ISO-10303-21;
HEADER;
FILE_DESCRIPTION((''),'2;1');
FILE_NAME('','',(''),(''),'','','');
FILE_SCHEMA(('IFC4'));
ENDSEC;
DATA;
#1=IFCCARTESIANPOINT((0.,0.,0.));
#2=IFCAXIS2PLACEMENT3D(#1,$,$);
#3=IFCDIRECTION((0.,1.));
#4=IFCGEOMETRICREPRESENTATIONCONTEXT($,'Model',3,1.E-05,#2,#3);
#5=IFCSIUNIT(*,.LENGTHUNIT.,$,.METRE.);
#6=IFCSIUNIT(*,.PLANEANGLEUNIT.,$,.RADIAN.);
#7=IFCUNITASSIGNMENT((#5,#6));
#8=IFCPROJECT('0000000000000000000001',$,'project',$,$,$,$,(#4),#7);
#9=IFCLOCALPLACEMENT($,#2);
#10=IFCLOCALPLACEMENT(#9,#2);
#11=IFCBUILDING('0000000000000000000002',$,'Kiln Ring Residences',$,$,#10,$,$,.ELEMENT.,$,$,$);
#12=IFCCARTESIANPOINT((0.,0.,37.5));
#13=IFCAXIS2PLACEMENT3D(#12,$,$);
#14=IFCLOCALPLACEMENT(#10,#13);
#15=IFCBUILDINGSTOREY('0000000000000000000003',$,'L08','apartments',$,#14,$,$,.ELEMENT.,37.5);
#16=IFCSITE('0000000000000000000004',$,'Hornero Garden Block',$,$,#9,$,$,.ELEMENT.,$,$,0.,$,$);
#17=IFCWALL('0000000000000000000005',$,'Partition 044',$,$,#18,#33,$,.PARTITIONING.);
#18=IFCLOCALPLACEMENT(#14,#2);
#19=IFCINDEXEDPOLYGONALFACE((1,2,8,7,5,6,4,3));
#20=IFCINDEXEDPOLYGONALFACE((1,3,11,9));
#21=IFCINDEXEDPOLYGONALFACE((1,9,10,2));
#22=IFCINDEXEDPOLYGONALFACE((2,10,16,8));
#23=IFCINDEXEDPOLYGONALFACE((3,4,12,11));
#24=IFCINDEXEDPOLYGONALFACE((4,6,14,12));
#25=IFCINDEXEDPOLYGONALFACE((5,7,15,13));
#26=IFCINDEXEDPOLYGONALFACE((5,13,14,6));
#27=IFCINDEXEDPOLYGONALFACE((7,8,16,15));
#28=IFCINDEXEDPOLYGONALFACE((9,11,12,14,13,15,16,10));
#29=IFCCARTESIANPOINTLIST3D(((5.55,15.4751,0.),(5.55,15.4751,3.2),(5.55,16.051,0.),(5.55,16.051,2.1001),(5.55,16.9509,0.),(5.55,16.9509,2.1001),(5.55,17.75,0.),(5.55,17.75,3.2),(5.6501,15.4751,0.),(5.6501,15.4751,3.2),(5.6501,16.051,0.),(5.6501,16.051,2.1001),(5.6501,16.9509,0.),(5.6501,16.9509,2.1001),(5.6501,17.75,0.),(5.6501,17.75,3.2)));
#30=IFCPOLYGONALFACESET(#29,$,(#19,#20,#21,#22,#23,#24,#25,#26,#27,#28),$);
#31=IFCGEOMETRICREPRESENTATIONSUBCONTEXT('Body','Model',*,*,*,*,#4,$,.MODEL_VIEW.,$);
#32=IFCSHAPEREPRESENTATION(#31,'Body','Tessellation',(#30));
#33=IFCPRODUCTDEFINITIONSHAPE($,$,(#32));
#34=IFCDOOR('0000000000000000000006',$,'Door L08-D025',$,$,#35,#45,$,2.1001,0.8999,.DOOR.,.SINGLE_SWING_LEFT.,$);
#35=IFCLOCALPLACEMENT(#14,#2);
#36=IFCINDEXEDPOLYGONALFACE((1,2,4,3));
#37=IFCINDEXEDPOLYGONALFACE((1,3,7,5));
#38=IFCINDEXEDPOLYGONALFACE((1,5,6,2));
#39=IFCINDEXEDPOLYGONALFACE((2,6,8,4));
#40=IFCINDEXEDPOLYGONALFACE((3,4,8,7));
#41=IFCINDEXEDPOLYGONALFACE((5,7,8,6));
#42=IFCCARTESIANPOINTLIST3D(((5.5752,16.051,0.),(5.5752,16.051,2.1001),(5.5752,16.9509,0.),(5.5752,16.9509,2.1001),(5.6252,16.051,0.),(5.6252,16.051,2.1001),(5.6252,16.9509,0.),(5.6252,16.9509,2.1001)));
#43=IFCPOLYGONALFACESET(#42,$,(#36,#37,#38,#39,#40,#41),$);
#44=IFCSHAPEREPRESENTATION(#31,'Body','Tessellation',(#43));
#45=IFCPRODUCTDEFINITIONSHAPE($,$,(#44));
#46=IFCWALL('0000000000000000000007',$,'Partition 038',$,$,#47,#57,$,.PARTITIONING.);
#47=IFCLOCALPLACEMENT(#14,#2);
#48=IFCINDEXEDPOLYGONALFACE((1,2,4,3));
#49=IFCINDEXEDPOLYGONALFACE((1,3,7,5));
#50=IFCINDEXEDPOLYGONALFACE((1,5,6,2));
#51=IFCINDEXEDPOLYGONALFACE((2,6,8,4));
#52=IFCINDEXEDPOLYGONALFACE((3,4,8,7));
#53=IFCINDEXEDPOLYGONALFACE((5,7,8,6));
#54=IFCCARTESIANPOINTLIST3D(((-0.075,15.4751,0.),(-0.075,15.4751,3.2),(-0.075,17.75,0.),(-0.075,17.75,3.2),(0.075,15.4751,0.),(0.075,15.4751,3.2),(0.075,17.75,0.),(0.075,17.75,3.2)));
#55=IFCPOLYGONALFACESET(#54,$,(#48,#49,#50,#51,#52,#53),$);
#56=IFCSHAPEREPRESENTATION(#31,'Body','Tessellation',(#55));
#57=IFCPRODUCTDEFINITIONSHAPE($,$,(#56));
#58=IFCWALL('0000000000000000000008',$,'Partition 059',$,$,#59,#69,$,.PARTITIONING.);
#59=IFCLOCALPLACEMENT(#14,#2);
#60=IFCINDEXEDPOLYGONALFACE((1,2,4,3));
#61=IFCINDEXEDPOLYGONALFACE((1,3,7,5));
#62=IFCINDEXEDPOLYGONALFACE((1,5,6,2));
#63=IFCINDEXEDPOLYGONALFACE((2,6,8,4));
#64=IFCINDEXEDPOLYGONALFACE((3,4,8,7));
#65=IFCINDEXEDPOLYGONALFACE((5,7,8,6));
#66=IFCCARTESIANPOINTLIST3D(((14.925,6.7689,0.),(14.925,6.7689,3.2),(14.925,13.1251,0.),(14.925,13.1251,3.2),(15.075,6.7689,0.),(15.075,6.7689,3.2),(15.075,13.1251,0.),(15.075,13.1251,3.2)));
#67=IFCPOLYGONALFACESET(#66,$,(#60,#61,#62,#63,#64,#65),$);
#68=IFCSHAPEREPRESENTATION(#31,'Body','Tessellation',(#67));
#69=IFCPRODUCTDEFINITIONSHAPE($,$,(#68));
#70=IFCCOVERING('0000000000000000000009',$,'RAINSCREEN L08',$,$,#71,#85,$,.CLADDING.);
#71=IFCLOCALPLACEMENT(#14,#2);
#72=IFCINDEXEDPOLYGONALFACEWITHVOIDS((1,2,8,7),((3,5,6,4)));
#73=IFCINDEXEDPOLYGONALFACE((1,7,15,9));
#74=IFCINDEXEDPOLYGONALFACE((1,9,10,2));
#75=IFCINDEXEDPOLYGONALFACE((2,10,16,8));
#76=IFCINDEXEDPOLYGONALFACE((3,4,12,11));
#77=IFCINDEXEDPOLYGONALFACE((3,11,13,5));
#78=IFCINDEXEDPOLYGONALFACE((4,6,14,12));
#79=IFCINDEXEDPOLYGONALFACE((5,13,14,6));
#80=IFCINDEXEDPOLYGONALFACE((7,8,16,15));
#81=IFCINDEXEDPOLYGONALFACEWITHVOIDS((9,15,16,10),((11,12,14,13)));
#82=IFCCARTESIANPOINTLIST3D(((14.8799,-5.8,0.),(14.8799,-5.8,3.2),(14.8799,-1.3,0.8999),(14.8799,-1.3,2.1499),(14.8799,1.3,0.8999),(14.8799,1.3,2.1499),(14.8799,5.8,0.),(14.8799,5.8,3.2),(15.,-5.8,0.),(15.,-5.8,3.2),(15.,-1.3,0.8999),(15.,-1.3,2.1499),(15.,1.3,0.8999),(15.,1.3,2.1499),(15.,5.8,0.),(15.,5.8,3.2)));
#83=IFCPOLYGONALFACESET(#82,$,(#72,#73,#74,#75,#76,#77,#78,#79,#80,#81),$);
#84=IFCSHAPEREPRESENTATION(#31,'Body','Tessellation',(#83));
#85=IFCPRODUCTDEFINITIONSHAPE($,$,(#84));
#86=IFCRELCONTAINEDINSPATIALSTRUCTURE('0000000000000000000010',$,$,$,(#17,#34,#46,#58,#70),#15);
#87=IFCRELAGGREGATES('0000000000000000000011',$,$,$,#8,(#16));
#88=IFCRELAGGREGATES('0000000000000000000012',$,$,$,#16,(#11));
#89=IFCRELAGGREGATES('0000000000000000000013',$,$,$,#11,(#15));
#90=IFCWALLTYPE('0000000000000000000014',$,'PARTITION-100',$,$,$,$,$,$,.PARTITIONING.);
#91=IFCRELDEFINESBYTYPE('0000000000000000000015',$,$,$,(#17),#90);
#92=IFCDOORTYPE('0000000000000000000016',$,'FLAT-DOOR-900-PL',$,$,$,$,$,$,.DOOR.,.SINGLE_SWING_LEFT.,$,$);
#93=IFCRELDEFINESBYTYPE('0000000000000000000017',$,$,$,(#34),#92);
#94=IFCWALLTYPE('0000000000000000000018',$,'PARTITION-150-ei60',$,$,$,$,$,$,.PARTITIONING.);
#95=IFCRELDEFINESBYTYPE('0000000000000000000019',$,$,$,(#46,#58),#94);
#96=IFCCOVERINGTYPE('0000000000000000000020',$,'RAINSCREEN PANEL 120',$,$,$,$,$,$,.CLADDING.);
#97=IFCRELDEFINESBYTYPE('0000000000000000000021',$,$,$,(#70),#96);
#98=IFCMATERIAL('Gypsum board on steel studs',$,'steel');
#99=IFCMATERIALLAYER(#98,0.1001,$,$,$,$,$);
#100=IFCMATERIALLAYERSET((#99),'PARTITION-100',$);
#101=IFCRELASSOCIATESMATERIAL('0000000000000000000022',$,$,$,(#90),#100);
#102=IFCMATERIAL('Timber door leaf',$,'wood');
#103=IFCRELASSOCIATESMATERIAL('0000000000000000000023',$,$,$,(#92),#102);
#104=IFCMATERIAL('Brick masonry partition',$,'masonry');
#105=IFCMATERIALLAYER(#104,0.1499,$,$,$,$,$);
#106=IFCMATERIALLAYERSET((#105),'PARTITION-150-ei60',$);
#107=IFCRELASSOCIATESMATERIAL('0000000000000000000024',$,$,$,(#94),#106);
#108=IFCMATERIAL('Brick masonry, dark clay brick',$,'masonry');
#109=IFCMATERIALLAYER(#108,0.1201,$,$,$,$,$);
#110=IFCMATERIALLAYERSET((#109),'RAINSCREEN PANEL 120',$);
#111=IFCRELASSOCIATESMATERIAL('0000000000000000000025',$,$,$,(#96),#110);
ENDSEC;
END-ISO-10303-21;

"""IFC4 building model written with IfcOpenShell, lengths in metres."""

from ifc_helpers import new_model, si_unit, direction, frame, frame_2d, origin, place, context, subcontext, project, spatial, polyline, rectangle, outline, extrude, material, layer, layer_set, type_object, element, fill, save


model = new_model("IFC4")

# Units and contexts
model_context = context("Model", 3, precision=1e-05, world=origin(), true_north=direction((0.0, 1.0)))
body_context = subcontext(model_context, "Body", "Model", "MODEL_VIEW")
ifc_project = project(units=[si_unit("LENGTHUNIT", "METRE"), si_unit("PLANEANGLEUNIT", "RADIAN")], contexts=[model_context])

# Site, building, storey
site_placement = place(None, origin())
site = spatial("IfcSite", under=ifc_project, at=site_placement, Name="Hornero Garden Block", CompositionType="ELEMENT", RefElevation=0.0)
building_placement = place(site_placement, origin())
building = spatial("IfcBuilding", under=site, at=building_placement, Name="Kiln Ring Residences", CompositionType="ELEMENT")
storey_placement = place(building_placement, frame((0.0, 0.0, 37.5)))
storey = spatial("IfcBuildingStorey", under=building, at=storey_placement, Name="L08", Description="apartments", CompositionType="ELEMENT", Elevation=37.5)

# Shared definitions
ifc_material_1 = material(Name="Gypsum board on steel studs", Category="steel")
ifc_layer_1 = layer(ifc_material_1, 0.1001)
ifc_layer_set_1 = layer_set([ifc_layer_1], Name="PARTITION-100")
wall_type_1 = type_object("IfcWallType", Name="PARTITION-100", PredefinedType="PARTITIONING", material=ifc_layer_set_1)

# Wall, opening, door
wall_1_placement = place(storey_placement, frame((5.6001, 15.4751, 0.0), z_axis=(0.0, 0.0, 1.0), x_axis=(0.0, 1.0, 0.0)))
wall_1 = element("IfcWall", 1, at=wall_1_placement, inside=storey, type_object=wall_type_1, Name="Partition 044", PredefinedType="PARTITIONING", context=body_context, shape_type="SweptSolid", body=[
    extrude(rectangle(XDim=2.2749, YDim=0.1001, at=frame_2d((1.1375, 0.0))), origin(), (0.0, 0.0, 1.0), 3.2),
])
opening_placement = place(wall_1_placement, frame((0.5759, 0.0, 0.0)))
opening = element("IfcOpeningElement", 2, at=opening_placement, cuts=wall_1, PredefinedType="OPENING", context=body_context, shape_type="SweptSolid", body=[
    extrude(rectangle(XDim=0.8999, YDim=2.1001, at=frame_2d((0.45, 1.05))), frame((0.0, 0.0601, 0.0), z_axis=(0.0, -1.0, 0.0), x_axis=(1.0, 0.0, 0.0)), (0.0, 0.0, 1.0), 0.1201),
])
ifc_material_2 = material(Name="Timber door leaf", Category="wood")
door_type = type_object("IfcDoorType", Name="FLAT-DOOR-900-PL", OperationType="SINGLE_SWING_LEFT", PredefinedType="DOOR", material=ifc_material_2)
door_placement = place(opening_placement, origin())
door = element("IfcDoor", 3, at=door_placement, inside=storey, type_object=door_type, Name="Door L08-D025", OperationType="SINGLE_SWING_LEFT", OverallHeight=2.1001, OverallWidth=0.8999, PredefinedType="DOOR", context=body_context, shape_type="SweptSolid", body=[
    extrude(rectangle(XDim=0.8999, YDim=2.1001, at=frame_2d((0.45, 1.05))), frame((0.0, 0.0249, 0.0), z_axis=(0.0, -1.0, 0.0), x_axis=(1.0, 0.0, 0.0)), (0.0, 0.0, 1.0), 0.05),
])
fill(opening, door)

# Walls
ifc_material_3 = material(Name="Brick masonry partition", Category="masonry")
ifc_layer_2 = layer(ifc_material_3, 0.1499)
ifc_layer_set_2 = layer_set([ifc_layer_2], Name="PARTITION-150-ei60")
wall_type_2 = type_object("IfcWallType", Name="PARTITION-150-ei60", PredefinedType="PARTITIONING", material=ifc_layer_set_2)
wall_2_placement = place(storey_placement, frame((0.0, 15.4751, 0.0), z_axis=(0.0, 0.0, 1.0), x_axis=(0.0, 1.0, 0.0)))
element("IfcWall", 4, at=wall_2_placement, inside=storey, type_object=wall_type_2, Name="Partition 038", PredefinedType="PARTITIONING", context=body_context, shape_type="SweptSolid", body=[
    extrude(rectangle(XDim=2.2749, YDim=0.1499, at=frame_2d((1.1375, 0.0))), origin(), (0.0, 0.0, 1.0), 3.2),
])
wall_3_placement = place(storey_placement, frame((15.0, 6.7688, 0.0), z_axis=(0.0, 0.0, 1.0), x_axis=(0.0, 1.0, 0.0)))
element("IfcWall", 5, at=wall_3_placement, inside=storey, type_object=wall_type_2, Name="Partition 059", PredefinedType="PARTITIONING", context=body_context, shape_type="SweptSolid", body=[
    extrude(rectangle(XDim=6.3562, YDim=0.1499, at=frame_2d((3.1782, 0.0))), origin(), (0.0, 0.0, 1.0), 3.2),
])

# Covering
ifc_material_4 = material(Name="Brick masonry, dark clay brick", Category="masonry")
ifc_layer_3 = layer(ifc_material_4, 0.1201)
ifc_layer_set_3 = layer_set([ifc_layer_3], Name="RAINSCREEN PANEL 120")
covering_type = type_object("IfcCoveringType", Name="RAINSCREEN PANEL 120", PredefinedType="CLADDING", material=ifc_layer_set_3)
covering_placement = place(storey_placement, frame((14.9399, 5.8, 0.0), z_axis=(0.0, 0.0, 1.0), x_axis=(0.0, -1.0, 0.0)))
element("IfcCovering", 6, at=covering_placement, inside=storey, type_object=covering_type, Name="RAINSCREEN L08", PredefinedType="CLADDING", context=body_context, shape_type="SweptSolid", body=[
    extrude(outline(polyline([(0.0, 0.0), (11.6001, 0.0), (11.6001, 3.2), (0.0, 3.2), (0.0, 0.0)]), holes=[polyline([(4.5, 2.1499), (4.5, 0.8999), (7.1001, 0.8999), (7.1001, 2.1499), (4.5, 2.1499)])]), frame((0.0, 0.0601, 0.0), z_axis=(0.0, -1.0, 0.0), x_axis=(1.0, 0.0, 0.0)), (0.0, 0.0, 1.0), 0.1201),
])

save(model, "model.ifc")
